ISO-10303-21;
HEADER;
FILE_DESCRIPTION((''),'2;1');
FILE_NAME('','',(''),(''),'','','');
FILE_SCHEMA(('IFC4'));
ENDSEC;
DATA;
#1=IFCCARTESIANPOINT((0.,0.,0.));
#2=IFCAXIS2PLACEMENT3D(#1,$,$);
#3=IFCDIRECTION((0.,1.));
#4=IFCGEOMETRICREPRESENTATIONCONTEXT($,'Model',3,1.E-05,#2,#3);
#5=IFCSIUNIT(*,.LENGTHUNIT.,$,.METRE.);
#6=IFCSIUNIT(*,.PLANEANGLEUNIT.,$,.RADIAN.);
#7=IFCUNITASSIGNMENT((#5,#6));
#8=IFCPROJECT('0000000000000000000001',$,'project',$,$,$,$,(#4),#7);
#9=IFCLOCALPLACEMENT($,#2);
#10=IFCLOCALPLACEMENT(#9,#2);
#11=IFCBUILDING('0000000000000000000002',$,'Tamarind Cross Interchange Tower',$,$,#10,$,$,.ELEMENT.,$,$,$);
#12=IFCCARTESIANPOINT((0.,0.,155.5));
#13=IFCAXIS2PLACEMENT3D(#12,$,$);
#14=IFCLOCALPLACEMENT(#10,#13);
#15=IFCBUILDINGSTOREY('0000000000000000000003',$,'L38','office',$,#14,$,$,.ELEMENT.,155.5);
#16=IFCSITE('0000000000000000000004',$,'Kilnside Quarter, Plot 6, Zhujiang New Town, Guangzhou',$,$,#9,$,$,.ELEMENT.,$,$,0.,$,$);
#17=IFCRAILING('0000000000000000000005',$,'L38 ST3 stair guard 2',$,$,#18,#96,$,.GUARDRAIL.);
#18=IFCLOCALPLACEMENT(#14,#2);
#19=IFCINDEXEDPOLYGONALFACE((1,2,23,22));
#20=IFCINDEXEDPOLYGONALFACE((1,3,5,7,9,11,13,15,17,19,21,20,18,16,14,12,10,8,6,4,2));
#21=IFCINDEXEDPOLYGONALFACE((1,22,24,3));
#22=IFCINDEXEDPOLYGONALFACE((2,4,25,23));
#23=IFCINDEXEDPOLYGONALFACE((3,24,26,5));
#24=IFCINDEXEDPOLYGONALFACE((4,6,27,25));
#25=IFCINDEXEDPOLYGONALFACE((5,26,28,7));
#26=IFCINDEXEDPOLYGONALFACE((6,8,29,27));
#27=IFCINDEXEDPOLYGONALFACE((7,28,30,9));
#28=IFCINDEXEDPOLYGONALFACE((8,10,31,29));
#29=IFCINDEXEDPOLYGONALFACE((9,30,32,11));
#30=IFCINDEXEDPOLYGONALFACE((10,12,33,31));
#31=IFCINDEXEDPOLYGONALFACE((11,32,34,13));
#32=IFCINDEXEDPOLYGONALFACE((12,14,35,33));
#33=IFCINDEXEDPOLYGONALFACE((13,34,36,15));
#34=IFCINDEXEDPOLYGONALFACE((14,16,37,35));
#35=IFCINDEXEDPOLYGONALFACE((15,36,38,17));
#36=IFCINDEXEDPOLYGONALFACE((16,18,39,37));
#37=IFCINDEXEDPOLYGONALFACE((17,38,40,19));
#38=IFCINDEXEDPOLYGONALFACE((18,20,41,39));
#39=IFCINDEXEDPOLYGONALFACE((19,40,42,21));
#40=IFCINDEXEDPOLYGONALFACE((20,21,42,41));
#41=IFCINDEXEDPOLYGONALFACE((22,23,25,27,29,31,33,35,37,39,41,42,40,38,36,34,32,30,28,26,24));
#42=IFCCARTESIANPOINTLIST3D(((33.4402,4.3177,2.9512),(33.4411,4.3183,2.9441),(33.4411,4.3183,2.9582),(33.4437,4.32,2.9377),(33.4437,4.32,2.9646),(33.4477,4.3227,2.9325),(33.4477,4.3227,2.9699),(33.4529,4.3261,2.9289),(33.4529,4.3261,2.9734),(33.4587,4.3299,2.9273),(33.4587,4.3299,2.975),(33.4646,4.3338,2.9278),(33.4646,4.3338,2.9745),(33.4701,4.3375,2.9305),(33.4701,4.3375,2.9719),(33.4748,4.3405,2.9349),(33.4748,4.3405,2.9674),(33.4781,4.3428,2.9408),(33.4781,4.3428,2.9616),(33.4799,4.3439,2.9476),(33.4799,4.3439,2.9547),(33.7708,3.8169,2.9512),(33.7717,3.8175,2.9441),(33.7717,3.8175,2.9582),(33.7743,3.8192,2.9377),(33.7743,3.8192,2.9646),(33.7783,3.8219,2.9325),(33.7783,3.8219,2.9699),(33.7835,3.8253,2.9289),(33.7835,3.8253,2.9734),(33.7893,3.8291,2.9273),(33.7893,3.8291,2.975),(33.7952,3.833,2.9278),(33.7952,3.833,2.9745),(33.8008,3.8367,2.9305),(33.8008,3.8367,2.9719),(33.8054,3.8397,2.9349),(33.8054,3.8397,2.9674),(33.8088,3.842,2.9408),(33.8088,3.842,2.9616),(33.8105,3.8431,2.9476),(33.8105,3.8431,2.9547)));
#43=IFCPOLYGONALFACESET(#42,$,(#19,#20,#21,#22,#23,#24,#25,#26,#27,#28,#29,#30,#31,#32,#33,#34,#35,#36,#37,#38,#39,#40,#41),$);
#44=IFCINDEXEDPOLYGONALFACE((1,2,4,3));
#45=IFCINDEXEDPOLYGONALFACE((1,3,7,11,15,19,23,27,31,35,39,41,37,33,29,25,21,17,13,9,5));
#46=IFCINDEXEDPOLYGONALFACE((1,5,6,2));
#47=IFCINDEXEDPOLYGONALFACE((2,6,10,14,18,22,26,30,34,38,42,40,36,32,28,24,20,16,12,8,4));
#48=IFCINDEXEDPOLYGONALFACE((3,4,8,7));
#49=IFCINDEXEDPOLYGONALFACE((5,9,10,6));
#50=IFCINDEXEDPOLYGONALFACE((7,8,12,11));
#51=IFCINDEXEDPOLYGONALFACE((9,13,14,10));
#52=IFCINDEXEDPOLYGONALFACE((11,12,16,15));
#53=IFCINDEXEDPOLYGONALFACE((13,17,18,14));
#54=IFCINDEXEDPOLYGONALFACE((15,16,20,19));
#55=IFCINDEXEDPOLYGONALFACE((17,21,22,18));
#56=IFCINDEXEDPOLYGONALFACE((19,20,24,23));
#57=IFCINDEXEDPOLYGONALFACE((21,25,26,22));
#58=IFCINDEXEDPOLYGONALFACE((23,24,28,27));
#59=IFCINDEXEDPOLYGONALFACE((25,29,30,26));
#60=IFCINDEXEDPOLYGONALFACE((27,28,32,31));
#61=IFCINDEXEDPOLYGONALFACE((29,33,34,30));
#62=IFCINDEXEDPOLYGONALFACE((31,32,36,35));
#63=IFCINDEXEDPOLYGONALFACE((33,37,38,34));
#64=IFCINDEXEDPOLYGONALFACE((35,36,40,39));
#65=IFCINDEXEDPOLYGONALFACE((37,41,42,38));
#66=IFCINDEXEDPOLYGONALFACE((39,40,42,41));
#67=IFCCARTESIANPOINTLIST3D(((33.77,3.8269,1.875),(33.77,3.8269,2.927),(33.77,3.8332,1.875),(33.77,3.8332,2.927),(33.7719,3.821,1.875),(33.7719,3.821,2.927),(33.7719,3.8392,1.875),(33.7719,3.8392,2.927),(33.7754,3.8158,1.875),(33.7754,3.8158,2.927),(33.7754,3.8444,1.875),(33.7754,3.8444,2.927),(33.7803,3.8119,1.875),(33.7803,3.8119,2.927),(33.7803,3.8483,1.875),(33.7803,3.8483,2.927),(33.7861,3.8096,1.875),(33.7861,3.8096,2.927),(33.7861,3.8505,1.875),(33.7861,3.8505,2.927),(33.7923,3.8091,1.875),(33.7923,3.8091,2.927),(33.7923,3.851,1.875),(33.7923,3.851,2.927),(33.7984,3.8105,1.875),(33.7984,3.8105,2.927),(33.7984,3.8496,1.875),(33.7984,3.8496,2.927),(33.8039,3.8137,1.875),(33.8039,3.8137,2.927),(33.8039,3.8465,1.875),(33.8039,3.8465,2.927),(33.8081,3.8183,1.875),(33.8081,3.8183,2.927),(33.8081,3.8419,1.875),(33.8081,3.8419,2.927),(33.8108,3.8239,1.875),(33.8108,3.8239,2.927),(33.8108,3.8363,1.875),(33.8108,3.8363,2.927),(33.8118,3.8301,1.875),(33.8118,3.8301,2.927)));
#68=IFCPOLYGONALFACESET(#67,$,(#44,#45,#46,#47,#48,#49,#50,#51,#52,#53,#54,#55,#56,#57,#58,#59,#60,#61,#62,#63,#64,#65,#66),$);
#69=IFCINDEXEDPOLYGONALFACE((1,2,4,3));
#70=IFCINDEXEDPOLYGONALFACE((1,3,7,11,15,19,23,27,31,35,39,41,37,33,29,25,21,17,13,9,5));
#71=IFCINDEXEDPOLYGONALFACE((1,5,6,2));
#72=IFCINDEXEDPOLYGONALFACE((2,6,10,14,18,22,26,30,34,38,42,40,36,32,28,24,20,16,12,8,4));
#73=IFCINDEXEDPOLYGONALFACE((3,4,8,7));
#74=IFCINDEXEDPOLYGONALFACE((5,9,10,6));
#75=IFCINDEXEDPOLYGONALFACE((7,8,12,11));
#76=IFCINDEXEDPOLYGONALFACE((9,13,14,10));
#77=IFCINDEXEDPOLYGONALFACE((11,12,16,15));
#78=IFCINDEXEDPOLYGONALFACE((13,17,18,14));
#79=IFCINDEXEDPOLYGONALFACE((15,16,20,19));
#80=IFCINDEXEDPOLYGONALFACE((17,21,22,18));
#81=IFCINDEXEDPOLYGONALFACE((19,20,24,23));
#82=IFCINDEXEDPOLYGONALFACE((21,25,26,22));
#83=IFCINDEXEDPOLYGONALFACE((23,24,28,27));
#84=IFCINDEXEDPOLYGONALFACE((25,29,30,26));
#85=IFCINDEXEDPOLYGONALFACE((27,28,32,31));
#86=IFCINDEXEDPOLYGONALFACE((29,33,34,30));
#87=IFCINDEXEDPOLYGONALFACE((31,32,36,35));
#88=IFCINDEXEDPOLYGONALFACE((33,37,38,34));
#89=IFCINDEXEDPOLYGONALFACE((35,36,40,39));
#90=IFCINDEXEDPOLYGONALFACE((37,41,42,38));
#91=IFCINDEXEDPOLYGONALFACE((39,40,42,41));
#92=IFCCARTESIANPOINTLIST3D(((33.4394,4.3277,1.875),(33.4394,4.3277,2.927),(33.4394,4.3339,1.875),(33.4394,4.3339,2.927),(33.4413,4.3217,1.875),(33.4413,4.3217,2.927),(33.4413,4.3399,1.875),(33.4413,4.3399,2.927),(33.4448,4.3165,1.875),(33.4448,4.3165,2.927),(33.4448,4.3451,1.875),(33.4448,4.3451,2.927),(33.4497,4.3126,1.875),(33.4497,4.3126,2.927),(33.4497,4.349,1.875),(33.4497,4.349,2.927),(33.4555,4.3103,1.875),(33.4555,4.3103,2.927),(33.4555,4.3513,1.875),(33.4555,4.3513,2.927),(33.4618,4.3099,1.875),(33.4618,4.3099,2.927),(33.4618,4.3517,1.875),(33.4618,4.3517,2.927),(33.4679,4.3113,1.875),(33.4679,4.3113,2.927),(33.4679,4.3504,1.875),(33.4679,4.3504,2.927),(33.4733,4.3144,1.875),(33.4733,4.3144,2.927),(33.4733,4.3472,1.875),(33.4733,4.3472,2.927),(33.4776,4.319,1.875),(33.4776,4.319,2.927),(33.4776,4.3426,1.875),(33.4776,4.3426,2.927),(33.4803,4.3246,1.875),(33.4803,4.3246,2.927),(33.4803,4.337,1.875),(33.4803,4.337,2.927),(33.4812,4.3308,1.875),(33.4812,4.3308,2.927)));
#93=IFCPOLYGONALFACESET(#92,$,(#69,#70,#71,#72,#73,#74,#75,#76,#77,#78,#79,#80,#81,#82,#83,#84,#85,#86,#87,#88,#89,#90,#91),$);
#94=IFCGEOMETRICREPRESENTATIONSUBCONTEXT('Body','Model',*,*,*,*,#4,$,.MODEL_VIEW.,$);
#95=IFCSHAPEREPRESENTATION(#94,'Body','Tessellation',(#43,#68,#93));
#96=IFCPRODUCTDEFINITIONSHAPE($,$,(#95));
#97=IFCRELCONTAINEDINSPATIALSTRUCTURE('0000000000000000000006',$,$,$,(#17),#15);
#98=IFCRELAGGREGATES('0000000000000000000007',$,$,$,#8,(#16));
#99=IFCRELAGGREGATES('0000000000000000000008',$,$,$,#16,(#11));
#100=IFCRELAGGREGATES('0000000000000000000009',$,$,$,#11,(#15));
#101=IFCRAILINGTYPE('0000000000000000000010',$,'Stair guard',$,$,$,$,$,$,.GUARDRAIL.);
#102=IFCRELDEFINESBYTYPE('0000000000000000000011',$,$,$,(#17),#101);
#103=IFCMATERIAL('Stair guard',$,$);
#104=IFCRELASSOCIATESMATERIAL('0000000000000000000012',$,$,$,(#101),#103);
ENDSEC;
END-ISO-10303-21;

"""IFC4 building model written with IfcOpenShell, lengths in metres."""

from ifc_helpers import new_model, si_unit, direction, frame, origin, origin_2d, place, context, subcontext, project, spatial, circle, extrude, material, type_object, element, save


model = new_model("IFC4")

# Units and contexts
model_context = context("Model", 3, precision=1e-05, world=origin(), true_north=direction((0.0, 1.0)))
body_context = subcontext(model_context, "Body", "Model", "MODEL_VIEW")
ifc_project = project(units=[si_unit("LENGTHUNIT", "METRE"), si_unit("PLANEANGLEUNIT", "RADIAN")], contexts=[model_context])

# Site, building, storey
site_placement = place(None, origin())
site = spatial("IfcSite", under=ifc_project, at=site_placement, Name="Kilnside Quarter, Plot 6, Zhujiang New Town, Guangzhou", CompositionType="ELEMENT", RefElevation=0.0)
building_placement = place(site_placement, origin())
building = spatial("IfcBuilding", under=site, at=building_placement, Name="Tamarind Cross Interchange Tower", CompositionType="ELEMENT")
storey_placement = place(building_placement, frame((0.0, 0.0, 155.5)))
storey = spatial("IfcBuildingStorey", under=building, at=storey_placement, Name="L38", Description="office", CompositionType="ELEMENT", Elevation=155.5)

# Railing
ifc_material_1 = material(Name="Stair guard")
railing_type_1 = type_object("IfcRailingType", Name="Stair guard", PredefinedType="GUARDRAIL", material=ifc_material_1)
railing_1_placement = place(storey_placement, frame((33.7908, 3.8301, 1.875)))
element("IfcRailing", 1, at=railing_1_placement, inside=storey, type_object=railing_type_1, Name="L38 ST3 stair guard 2", PredefinedType="GUARDRAIL", context=body_context, shape_type="SweptSolid", body=[
    extrude(circle(Radius=0.0239, at=origin_2d()), frame((0.0, 0.0, 1.0762), z_axis=(-0.550939, 0.834546, 0.0), x_axis=(-0.834546, -0.550939, 0.0)), (0.0, 0.0, 1.0), 0.6001),
    extrude(circle(Radius=0.021, at=origin_2d()), origin(), (0.0, 0.0, 1.0), 1.052),
    extrude(circle(Radius=0.021, at=origin_2d()), frame((-0.3306, 0.5007, 0.0)), (0.0, 0.0, 1.0), 1.052),
])

save(model, "model.ifc")
